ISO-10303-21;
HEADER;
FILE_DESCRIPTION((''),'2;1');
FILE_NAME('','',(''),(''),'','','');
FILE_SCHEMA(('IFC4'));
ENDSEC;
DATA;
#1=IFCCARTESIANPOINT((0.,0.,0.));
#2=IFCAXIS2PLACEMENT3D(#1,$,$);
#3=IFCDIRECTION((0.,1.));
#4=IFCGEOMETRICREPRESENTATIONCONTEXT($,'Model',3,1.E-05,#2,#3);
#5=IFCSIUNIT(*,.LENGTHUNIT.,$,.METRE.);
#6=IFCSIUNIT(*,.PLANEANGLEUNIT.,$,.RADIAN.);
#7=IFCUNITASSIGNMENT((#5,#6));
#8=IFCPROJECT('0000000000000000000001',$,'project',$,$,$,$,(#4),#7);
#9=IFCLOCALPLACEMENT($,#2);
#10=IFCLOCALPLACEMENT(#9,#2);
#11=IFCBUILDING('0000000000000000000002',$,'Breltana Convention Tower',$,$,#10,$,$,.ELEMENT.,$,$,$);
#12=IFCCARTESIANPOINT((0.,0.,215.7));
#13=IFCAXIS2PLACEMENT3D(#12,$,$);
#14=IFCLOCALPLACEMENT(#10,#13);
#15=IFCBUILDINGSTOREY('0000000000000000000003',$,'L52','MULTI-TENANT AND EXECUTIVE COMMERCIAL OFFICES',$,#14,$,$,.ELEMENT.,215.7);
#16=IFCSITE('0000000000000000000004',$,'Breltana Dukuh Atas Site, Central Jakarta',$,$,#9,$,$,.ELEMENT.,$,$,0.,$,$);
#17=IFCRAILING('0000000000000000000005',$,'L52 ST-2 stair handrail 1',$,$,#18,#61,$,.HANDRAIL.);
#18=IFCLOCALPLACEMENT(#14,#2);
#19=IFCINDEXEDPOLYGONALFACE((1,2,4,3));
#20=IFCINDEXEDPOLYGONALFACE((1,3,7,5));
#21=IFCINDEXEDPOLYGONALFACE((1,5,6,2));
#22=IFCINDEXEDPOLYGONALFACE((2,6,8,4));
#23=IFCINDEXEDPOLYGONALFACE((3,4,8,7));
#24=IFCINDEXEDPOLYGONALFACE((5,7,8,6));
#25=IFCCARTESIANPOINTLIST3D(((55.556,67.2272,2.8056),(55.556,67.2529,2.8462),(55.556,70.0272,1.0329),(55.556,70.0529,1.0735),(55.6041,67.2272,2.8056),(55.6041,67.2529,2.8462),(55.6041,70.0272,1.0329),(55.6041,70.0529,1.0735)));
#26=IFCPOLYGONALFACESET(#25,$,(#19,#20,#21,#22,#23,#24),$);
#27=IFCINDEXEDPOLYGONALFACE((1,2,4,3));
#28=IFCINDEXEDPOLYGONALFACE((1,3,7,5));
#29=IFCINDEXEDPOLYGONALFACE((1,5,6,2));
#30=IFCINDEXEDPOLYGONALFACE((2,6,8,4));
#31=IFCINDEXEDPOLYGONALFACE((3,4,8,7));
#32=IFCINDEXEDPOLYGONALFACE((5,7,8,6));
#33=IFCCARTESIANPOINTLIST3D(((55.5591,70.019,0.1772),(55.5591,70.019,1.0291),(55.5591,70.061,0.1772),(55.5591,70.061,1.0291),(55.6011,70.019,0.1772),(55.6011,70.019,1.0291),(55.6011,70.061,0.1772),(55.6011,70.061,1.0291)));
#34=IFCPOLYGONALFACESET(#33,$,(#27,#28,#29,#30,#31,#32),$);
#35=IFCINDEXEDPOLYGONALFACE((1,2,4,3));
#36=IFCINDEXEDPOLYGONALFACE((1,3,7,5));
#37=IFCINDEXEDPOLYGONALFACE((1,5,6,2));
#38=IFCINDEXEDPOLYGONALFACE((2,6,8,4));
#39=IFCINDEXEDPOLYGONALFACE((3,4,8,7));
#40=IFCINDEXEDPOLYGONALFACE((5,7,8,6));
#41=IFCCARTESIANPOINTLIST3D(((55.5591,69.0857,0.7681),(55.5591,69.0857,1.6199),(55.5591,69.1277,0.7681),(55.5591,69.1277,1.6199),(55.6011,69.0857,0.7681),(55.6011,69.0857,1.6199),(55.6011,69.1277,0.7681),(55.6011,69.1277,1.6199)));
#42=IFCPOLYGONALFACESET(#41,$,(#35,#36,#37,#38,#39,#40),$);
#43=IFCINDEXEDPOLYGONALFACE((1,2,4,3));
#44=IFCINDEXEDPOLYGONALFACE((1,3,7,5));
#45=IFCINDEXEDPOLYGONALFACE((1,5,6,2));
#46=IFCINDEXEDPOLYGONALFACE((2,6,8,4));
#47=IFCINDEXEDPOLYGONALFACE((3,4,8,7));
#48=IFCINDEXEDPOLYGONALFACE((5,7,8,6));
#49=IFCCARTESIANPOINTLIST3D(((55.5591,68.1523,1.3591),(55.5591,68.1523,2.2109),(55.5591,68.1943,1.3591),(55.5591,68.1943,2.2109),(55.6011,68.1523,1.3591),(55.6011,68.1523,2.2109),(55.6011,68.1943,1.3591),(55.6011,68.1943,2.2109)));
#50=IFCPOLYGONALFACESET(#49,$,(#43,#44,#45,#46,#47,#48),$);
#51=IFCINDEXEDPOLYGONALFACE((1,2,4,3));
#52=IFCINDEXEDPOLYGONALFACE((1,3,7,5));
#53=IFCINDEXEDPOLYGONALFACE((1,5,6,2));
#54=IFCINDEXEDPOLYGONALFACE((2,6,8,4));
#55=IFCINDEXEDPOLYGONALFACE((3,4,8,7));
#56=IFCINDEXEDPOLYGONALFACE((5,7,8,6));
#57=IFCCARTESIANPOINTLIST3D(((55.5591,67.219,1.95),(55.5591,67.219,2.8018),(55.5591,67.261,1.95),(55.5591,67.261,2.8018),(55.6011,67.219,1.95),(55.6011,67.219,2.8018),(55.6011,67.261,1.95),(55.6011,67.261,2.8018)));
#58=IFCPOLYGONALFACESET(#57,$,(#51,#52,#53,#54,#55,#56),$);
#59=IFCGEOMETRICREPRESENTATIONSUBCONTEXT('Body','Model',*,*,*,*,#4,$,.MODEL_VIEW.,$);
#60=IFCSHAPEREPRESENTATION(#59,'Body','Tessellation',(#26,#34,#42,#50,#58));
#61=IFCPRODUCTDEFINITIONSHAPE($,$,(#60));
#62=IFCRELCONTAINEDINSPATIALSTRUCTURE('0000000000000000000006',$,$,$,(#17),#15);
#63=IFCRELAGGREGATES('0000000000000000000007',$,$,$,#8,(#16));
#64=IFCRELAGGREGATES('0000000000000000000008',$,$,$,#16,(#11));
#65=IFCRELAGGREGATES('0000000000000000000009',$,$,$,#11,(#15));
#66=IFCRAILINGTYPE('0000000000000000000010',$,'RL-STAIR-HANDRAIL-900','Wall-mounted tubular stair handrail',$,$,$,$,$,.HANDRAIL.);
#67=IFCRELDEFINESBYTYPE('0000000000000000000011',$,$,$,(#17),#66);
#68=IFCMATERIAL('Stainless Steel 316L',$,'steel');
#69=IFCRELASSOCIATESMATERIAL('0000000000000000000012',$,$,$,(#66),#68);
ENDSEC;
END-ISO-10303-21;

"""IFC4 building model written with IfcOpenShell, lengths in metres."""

from ifc_helpers import new_model, si_unit, direction, frame, origin, origin_2d, place, context, subcontext, project, spatial, rectangle, extrude, material, type_object, element, save


model = new_model("IFC4")

# Units and contexts
model_context = context("Model", 3, precision=1e-05, world=origin(), true_north=direction((0.0, 1.0)))
body_context = subcontext(model_context, "Body", "Model", "MODEL_VIEW")
ifc_project = project(units=[si_unit("LENGTHUNIT", "METRE"), si_unit("PLANEANGLEUNIT", "RADIAN")], contexts=[model_context])

# Site, building, storey
site_placement = place(None, origin())
site = spatial("IfcSite", under=ifc_project, at=site_placement, Name="Breltana Dukuh Atas Site, Central Jakarta", CompositionType="ELEMENT", RefElevation=0.0)
building_placement = place(site_placement, origin())
building = spatial("IfcBuilding", under=site, at=building_placement, Name="Breltana Convention Tower", CompositionType="ELEMENT")
storey_placement = place(building_placement, frame((0.0, 0.0, 215.7)))
storey = spatial("IfcBuildingStorey", under=building, at=storey_placement, Name="L52", Description="MULTI-TENANT AND EXECUTIVE COMMERCIAL OFFICES", CompositionType="ELEMENT", Elevation=215.7)

# Railing
ifc_material_1 = material(Name="Stainless Steel 316L", Category="steel")
railing_type_1 = type_object("IfcRailingType", Name="RL-STAIR-HANDRAIL-900", Description="Wall-mounted tubular stair handrail", PredefinedType="HANDRAIL", material=ifc_material_1)
railing_1_placement = place(storey_placement, frame((55.5801, 70.04, 0.1772)))
element("IfcRailing", 1, at=railing_1_placement, inside=storey, type_object=railing_type_1, Name="L52 ST-2 stair handrail 1", PredefinedType="HANDRAIL", context=body_context, shape_type="SweptSolid", body=[
    extrude(rectangle(XDim=0.0481, YDim=0.0481, at=origin_2d()), frame((0.0, 0.0, 0.876), z_axis=(0.0, -0.844909, 0.53491), x_axis=(1.0, 0.0, 0.0)), (0.0, 0.0, 1.0), 3.314),
    extrude(rectangle(XDim=0.042, YDim=0.042, at=origin_2d()), origin(), (0.0, 0.0, 1.0), 0.8518),
    extrude(rectangle(XDim=0.042, YDim=0.042, at=origin_2d()), frame((0.0, -0.9333, 0.5908)), (0.0, 0.0, 1.0), 0.8518),
    extrude(rectangle(XDim=0.042, YDim=0.042, at=origin_2d()), frame((0.0, -1.8667, 1.1819)), (0.0, 0.0, 1.0), 0.8518),
    extrude(rectangle(XDim=0.042, YDim=0.042, at=origin_2d()), frame((0.0, -2.8, 1.7727)), (0.0, 0.0, 1.0), 0.8518),
])

save(model, "model.ifc")
